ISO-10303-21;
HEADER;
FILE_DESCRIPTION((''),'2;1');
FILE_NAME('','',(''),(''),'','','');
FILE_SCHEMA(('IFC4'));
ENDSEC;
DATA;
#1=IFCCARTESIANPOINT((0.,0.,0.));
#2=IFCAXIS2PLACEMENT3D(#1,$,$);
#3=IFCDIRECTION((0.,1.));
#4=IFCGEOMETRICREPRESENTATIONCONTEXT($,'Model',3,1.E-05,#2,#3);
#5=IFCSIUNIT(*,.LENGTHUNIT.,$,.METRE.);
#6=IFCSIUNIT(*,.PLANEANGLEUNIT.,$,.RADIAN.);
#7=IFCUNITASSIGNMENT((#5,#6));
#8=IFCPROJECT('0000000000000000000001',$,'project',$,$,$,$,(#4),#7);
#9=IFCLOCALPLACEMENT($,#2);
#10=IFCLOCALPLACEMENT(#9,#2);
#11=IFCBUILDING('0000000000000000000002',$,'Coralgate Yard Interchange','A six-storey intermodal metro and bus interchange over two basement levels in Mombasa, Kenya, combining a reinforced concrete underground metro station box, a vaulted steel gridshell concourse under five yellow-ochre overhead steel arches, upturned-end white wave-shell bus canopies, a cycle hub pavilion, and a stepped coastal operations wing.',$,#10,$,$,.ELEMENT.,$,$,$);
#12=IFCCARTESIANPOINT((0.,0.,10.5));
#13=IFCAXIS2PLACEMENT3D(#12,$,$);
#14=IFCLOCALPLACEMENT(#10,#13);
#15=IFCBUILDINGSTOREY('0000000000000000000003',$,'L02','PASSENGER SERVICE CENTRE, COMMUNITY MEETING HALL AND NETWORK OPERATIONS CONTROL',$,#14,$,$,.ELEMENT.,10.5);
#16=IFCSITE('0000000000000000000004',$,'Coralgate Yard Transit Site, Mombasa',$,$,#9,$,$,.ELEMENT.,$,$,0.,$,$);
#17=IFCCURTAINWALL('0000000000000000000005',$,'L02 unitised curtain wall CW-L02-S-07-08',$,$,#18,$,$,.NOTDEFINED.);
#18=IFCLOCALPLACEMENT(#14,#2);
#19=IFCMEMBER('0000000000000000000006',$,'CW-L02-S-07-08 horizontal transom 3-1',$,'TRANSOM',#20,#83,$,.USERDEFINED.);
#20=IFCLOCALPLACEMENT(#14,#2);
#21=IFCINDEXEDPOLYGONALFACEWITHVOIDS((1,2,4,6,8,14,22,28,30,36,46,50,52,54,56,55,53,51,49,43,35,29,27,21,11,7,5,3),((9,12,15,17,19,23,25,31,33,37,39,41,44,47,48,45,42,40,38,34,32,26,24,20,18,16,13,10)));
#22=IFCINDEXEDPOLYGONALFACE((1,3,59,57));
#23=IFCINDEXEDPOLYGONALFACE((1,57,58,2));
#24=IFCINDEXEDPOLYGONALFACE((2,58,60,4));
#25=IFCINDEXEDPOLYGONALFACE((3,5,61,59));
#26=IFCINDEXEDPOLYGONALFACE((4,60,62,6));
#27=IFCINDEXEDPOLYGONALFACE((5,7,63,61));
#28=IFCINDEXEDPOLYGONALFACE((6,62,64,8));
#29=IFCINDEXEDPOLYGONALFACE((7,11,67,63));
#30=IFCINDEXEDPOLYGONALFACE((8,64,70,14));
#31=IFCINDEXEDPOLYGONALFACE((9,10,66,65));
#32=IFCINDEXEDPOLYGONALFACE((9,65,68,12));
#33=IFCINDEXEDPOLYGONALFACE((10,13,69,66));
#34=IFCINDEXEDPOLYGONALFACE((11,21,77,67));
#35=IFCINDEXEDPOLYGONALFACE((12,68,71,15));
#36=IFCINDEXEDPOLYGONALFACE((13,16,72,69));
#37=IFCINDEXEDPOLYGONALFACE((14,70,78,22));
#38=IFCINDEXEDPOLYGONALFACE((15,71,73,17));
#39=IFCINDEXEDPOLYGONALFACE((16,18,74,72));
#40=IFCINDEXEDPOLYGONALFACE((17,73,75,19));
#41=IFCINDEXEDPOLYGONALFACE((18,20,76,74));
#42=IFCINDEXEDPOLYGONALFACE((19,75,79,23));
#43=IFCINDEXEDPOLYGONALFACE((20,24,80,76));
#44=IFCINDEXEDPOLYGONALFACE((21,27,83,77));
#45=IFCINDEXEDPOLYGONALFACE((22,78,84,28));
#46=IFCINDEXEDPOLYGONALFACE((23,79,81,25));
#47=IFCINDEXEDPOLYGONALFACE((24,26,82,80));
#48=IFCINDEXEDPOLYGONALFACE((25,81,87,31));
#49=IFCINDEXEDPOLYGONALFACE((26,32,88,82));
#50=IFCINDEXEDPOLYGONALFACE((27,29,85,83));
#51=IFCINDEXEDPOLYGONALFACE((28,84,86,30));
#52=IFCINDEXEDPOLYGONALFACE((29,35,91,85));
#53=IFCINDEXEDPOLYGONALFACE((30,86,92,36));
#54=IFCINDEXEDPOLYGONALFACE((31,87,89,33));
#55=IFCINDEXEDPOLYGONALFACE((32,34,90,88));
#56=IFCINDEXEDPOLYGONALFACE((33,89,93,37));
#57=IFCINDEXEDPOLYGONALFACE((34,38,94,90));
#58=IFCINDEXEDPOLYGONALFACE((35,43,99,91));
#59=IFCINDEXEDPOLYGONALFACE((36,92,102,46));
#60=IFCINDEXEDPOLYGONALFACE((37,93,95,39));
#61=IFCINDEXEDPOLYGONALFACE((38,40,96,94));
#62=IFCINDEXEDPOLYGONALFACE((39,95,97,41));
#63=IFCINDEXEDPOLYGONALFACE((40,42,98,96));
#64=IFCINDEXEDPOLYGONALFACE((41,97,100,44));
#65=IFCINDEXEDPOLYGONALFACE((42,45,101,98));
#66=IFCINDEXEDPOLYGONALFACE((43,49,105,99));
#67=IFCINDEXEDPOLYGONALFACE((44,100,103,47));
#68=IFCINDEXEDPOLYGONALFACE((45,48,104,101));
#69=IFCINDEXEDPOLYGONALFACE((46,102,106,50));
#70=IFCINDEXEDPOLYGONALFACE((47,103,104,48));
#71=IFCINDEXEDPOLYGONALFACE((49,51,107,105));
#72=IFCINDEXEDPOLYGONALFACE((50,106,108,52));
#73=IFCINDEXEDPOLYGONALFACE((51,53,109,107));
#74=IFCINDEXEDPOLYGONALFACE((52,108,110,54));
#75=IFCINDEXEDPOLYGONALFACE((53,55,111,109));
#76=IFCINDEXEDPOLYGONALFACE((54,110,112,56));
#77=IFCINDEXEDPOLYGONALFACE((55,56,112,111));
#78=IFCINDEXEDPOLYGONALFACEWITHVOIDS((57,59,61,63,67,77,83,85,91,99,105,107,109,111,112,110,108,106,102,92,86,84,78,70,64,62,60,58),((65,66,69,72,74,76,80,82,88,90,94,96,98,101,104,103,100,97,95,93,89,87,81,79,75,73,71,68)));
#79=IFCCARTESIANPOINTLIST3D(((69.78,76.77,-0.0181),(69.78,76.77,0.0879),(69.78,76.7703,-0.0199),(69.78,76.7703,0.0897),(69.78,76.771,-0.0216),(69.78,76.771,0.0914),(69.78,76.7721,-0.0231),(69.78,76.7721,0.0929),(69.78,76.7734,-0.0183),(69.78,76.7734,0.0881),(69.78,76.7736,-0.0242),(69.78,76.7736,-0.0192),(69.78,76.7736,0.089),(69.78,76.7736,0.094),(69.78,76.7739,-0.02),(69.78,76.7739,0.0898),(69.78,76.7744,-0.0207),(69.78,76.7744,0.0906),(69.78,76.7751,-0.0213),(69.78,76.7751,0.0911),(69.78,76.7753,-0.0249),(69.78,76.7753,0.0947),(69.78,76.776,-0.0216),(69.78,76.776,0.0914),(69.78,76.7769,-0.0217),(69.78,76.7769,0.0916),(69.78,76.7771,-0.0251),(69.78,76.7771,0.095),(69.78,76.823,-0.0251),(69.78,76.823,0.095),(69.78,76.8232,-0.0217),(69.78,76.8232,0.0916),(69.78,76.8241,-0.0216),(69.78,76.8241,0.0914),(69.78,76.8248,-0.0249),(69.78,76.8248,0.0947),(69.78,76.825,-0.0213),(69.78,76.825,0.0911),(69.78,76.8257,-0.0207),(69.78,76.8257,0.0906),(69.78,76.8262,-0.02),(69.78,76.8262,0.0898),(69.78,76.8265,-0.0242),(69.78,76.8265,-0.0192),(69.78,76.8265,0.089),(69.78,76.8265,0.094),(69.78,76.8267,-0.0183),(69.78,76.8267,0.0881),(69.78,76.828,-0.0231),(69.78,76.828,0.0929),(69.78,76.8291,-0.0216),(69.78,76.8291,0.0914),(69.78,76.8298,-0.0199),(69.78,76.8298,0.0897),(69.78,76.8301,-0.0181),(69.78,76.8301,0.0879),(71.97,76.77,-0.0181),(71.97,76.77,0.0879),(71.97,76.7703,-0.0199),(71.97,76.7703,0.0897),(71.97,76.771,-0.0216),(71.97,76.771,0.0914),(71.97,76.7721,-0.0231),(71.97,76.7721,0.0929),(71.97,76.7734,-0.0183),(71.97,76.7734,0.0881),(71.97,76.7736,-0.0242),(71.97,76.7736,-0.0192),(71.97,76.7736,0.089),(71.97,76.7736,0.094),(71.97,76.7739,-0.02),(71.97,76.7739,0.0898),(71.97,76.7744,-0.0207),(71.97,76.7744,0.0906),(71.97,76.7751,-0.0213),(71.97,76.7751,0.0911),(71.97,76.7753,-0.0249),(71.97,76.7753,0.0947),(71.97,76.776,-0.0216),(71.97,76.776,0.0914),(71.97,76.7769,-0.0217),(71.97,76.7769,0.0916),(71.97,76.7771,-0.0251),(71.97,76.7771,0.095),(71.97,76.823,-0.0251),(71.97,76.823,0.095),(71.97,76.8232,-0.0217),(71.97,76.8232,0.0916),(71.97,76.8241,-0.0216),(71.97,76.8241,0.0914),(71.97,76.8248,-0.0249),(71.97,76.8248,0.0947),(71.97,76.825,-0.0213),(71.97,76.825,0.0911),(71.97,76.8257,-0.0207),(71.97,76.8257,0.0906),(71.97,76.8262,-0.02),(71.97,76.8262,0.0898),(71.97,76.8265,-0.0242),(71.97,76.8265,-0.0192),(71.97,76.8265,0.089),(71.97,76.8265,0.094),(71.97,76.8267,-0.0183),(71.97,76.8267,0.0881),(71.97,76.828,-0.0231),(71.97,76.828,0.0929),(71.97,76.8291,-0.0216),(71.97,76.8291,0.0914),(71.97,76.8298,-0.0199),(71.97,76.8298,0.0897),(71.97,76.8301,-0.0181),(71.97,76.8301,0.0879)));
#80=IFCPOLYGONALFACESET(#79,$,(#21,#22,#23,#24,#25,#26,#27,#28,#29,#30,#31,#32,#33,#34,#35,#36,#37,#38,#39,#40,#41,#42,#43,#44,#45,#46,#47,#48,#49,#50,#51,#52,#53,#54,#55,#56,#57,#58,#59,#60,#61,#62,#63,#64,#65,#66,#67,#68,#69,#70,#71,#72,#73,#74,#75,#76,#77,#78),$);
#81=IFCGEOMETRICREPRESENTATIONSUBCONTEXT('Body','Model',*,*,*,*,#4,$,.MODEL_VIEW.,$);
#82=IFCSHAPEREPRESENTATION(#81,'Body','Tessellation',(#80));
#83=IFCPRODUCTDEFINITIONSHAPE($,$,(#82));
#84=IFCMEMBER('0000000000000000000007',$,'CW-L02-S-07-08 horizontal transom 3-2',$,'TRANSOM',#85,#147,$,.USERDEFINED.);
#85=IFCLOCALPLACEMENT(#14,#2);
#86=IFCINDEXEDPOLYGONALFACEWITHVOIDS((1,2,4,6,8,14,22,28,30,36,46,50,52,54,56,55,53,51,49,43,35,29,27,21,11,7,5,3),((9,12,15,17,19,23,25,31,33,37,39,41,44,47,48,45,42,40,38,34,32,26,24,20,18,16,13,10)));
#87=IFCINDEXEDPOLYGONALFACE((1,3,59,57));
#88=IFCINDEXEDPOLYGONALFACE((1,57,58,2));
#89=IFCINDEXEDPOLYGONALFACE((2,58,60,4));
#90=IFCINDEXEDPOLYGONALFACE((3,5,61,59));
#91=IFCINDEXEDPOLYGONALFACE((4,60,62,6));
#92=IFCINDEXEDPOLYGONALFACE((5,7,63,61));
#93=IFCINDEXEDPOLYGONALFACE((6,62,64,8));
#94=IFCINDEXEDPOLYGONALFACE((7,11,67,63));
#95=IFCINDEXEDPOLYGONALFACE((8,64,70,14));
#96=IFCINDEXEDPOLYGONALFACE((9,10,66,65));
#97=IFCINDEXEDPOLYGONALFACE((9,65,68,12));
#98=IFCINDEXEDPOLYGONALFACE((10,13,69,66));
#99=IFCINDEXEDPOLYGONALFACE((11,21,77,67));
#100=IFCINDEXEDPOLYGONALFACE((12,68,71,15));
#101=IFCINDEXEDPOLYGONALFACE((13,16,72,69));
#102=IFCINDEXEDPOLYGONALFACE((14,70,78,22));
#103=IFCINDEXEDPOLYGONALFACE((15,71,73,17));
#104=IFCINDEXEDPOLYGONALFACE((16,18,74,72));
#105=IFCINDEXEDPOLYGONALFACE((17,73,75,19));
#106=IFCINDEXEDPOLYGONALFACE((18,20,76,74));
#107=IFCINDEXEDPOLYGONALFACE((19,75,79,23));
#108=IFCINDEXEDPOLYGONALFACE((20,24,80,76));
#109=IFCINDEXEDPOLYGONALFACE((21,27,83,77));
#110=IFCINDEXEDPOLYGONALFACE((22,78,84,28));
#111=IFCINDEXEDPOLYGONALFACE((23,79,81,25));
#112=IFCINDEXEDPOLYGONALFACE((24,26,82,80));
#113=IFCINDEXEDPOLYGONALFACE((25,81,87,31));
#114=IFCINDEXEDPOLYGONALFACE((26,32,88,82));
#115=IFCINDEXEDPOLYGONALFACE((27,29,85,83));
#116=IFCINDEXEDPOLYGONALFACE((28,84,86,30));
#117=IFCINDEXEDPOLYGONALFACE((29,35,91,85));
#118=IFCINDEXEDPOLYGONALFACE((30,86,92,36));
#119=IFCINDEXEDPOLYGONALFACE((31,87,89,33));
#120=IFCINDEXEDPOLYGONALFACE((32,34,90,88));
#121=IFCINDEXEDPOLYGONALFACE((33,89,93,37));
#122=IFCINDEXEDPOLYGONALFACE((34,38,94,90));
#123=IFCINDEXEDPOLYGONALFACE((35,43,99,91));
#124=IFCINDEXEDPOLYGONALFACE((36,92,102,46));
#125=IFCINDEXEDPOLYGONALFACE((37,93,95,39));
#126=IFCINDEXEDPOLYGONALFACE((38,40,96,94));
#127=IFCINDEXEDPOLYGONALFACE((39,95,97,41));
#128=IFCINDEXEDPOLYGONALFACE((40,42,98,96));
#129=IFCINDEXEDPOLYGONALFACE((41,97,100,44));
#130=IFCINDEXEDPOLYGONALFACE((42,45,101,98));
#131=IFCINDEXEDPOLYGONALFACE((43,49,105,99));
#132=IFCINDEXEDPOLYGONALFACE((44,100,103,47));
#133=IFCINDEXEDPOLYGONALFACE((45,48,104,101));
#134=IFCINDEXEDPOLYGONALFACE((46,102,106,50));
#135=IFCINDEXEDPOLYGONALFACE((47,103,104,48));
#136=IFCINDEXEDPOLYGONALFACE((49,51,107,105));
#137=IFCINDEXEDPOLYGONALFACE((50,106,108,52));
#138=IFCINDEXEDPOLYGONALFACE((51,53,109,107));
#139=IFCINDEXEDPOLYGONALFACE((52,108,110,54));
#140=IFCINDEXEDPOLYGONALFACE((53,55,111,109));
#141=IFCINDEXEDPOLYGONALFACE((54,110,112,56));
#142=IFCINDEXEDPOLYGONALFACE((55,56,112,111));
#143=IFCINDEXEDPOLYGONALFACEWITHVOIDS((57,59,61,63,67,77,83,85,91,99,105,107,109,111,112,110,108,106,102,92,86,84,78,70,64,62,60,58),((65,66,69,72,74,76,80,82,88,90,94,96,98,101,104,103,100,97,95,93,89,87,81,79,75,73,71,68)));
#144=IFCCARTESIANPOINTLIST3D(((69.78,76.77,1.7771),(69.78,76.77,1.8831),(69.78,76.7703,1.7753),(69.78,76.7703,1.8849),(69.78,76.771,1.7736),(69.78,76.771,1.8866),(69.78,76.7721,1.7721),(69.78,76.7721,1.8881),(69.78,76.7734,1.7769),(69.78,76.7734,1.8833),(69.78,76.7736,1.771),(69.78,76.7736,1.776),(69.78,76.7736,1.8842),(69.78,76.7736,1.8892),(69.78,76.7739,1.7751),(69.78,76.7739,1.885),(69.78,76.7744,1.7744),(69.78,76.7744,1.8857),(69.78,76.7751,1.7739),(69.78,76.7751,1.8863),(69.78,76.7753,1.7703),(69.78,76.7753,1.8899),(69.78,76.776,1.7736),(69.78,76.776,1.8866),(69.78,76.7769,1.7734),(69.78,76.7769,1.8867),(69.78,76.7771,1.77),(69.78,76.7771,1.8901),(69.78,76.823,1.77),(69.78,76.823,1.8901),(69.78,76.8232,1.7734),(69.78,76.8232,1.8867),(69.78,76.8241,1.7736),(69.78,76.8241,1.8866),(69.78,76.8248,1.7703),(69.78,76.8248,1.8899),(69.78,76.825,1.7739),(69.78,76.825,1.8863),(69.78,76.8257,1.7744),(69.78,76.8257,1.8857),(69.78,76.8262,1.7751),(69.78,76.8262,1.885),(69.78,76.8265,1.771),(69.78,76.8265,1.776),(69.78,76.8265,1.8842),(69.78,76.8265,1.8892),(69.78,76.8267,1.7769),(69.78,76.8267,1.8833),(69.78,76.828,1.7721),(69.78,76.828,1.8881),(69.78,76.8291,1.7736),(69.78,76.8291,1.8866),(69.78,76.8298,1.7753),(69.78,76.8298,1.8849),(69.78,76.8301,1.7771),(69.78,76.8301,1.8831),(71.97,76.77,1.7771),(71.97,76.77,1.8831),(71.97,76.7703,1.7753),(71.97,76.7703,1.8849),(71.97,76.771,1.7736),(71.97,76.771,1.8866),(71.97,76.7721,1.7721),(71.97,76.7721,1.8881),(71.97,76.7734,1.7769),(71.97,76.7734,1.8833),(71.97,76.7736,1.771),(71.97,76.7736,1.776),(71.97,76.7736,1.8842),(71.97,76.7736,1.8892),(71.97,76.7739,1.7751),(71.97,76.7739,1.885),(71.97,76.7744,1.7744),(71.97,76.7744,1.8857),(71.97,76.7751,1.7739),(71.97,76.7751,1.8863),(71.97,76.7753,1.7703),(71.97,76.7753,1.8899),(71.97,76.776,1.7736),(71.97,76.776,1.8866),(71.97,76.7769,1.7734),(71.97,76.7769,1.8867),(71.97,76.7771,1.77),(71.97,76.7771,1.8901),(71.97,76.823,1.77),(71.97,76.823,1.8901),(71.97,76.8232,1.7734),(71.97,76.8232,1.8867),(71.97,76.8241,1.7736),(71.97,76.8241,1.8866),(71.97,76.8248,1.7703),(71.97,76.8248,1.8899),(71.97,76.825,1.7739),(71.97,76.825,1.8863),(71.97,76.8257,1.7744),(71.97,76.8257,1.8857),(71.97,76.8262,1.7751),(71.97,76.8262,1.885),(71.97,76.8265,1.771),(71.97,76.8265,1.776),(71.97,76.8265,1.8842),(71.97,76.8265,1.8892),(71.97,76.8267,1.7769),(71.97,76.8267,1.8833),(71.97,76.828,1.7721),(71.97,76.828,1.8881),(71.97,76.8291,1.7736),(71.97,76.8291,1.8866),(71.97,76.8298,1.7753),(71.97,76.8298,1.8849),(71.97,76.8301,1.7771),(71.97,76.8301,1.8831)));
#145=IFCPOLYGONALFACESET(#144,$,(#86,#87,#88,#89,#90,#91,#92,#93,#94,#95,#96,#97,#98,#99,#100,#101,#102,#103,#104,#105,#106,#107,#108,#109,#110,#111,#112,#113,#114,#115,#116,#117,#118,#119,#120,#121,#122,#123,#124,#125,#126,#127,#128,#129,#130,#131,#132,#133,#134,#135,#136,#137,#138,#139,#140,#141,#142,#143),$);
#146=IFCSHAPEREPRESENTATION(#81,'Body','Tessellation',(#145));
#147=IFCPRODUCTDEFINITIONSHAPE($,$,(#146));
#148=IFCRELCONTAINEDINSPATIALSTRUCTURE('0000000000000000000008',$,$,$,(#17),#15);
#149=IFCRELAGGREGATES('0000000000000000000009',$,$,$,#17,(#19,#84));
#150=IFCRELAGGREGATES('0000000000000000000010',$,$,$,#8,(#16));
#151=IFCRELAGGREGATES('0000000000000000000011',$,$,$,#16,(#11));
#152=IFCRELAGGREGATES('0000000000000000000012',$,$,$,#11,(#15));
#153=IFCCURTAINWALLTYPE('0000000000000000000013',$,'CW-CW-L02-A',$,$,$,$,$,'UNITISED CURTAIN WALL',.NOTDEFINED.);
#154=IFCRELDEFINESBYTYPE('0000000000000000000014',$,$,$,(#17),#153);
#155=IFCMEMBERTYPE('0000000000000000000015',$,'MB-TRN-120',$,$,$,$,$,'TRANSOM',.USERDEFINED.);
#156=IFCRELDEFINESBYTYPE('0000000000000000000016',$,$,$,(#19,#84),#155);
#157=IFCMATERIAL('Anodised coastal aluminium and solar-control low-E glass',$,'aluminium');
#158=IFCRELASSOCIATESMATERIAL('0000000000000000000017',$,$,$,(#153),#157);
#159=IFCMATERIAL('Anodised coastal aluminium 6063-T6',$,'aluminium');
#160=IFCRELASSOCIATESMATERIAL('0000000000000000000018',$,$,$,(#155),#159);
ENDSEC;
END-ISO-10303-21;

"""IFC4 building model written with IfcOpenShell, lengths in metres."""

from ifc_helpers import new_model, si_unit, direction, frame, origin, origin_2d, place, context, subcontext, project, spatial, hollow_rectangle, extrude, material, material_profile, profile_set, type_object, element, aggregate, save


model = new_model("IFC4")

# Units and contexts
model_context = context("Model", 3, precision=1e-05, world=origin(), true_north=direction((0.0, 1.0)))
body_context = subcontext(model_context, "Body", "Model", "MODEL_VIEW")
ifc_project = project(units=[si_unit("LENGTHUNIT", "METRE"), si_unit("PLANEANGLEUNIT", "RADIAN")], contexts=[model_context])

# Site, building, storey
site_placement = place(None, origin())
site = spatial("IfcSite", under=ifc_project, at=site_placement, Name="Coralgate Yard Transit Site, Mombasa", CompositionType="ELEMENT", RefElevation=0.0)
building_placement = place(site_placement, origin())
building = spatial("IfcBuilding", under=site, at=building_placement, Name="Coralgate Yard Interchange", Description="A six-storey intermodal metro and bus interchange over two basement levels in Mombasa, Kenya, combining a reinforced concrete underground metro station box, a vaulted steel gridshell concourse under five yellow-ochre overhead steel arches, upturned-end white wave-shell bus canopies, a cycle hub pavilion, and a stepped coastal operations wing.", CompositionType="ELEMENT")
storey_placement = place(building_placement, frame((0.0, 0.0, 10.5)))
storey = spatial("IfcBuildingStorey", under=building, at=storey_placement, Name="L02", Description="PASSENGER SERVICE CENTRE, COMMUNITY MEETING HALL AND NETWORK OPERATIONS CONTROL", CompositionType="ELEMENT", Elevation=10.5)

# Curtain wall
ifc_material_1 = material(Name="Anodised coastal aluminium and solar-control low-E glass", Category="aluminium")
curtain_wall_type = type_object("IfcCurtainWallType", Name="CW-CW-L02-A", ElementType="UNITISED CURTAIN WALL", PredefinedType="NOTDEFINED", material=ifc_material_1)
curtain_wall_1_placement = place(storey_placement, origin())
curtain_wall_1 = element("IfcCurtainWall", 1, at=curtain_wall_1_placement, inside=storey, type_object=curtain_wall_type, Name="L02 unitised curtain wall CW-L02-S-07-08", PredefinedType="NOTDEFINED")
ifc_material_2 = material(Name="Anodised coastal aluminium 6063-T6", Category="aluminium")

# Members
ifc_material_profile_1 = material_profile(ifc_material_2, hollow_rectangle(XDim=0.0601, YDim=0.1201, WallThickness=0.0034, InnerFilletRadius=0.0034, OuterFilletRadius=0.0071, at=origin_2d()), Name="ALU 60x120x3.5")
ifc_profile_set_1 = profile_set([ifc_material_profile_1], Name="Anodised coastal aluminium 6063-T6")
member_type_1 = type_object("IfcMemberType", Name="MB-TRN-120", ElementType="TRANSOM", PredefinedType="USERDEFINED", material=ifc_profile_set_1)
member_1_placement = place(storey_placement, frame((71.97, 76.8, 0.0349), z_axis=(-1.0, 0.0, 0.0), x_axis=(0.0, -1.0, 0.0)))
member_1 = element("IfcMember", 2, at=member_1_placement, type_object=member_type_1, Name="CW-L02-S-07-08 horizontal transom 3-1", ObjectType="TRANSOM", PredefinedType="USERDEFINED", context=body_context, shape_type="SweptSolid", body=[
    extrude(hollow_rectangle(XDim=0.0601, YDim=0.1201, WallThickness=0.0034, InnerFilletRadius=0.0034, OuterFilletRadius=0.0071, at=origin_2d()), origin(), (0.0, 0.0, 1.0), 2.1899),
])
member_2_placement = place(storey_placement, frame((71.97, 76.8, 1.8301), z_axis=(-1.0, 0.0, 0.0), x_axis=(0.0, -1.0, 0.0)))
member_2 = element("IfcMember", 3, at=member_2_placement, type_object=member_type_1, Name="CW-L02-S-07-08 horizontal transom 3-2", ObjectType="TRANSOM", PredefinedType="USERDEFINED", context=body_context, shape_type="SweptSolid", body=[
    extrude(hollow_rectangle(XDim=0.0601, YDim=0.1201, WallThickness=0.0034, InnerFilletRadius=0.0034, OuterFilletRadius=0.0071, at=origin_2d()), origin(), (0.0, 0.0, 1.0), 2.1899),
])

aggregate(curtain_wall_1, [member_1, member_2])

save(model, "model.ifc")
